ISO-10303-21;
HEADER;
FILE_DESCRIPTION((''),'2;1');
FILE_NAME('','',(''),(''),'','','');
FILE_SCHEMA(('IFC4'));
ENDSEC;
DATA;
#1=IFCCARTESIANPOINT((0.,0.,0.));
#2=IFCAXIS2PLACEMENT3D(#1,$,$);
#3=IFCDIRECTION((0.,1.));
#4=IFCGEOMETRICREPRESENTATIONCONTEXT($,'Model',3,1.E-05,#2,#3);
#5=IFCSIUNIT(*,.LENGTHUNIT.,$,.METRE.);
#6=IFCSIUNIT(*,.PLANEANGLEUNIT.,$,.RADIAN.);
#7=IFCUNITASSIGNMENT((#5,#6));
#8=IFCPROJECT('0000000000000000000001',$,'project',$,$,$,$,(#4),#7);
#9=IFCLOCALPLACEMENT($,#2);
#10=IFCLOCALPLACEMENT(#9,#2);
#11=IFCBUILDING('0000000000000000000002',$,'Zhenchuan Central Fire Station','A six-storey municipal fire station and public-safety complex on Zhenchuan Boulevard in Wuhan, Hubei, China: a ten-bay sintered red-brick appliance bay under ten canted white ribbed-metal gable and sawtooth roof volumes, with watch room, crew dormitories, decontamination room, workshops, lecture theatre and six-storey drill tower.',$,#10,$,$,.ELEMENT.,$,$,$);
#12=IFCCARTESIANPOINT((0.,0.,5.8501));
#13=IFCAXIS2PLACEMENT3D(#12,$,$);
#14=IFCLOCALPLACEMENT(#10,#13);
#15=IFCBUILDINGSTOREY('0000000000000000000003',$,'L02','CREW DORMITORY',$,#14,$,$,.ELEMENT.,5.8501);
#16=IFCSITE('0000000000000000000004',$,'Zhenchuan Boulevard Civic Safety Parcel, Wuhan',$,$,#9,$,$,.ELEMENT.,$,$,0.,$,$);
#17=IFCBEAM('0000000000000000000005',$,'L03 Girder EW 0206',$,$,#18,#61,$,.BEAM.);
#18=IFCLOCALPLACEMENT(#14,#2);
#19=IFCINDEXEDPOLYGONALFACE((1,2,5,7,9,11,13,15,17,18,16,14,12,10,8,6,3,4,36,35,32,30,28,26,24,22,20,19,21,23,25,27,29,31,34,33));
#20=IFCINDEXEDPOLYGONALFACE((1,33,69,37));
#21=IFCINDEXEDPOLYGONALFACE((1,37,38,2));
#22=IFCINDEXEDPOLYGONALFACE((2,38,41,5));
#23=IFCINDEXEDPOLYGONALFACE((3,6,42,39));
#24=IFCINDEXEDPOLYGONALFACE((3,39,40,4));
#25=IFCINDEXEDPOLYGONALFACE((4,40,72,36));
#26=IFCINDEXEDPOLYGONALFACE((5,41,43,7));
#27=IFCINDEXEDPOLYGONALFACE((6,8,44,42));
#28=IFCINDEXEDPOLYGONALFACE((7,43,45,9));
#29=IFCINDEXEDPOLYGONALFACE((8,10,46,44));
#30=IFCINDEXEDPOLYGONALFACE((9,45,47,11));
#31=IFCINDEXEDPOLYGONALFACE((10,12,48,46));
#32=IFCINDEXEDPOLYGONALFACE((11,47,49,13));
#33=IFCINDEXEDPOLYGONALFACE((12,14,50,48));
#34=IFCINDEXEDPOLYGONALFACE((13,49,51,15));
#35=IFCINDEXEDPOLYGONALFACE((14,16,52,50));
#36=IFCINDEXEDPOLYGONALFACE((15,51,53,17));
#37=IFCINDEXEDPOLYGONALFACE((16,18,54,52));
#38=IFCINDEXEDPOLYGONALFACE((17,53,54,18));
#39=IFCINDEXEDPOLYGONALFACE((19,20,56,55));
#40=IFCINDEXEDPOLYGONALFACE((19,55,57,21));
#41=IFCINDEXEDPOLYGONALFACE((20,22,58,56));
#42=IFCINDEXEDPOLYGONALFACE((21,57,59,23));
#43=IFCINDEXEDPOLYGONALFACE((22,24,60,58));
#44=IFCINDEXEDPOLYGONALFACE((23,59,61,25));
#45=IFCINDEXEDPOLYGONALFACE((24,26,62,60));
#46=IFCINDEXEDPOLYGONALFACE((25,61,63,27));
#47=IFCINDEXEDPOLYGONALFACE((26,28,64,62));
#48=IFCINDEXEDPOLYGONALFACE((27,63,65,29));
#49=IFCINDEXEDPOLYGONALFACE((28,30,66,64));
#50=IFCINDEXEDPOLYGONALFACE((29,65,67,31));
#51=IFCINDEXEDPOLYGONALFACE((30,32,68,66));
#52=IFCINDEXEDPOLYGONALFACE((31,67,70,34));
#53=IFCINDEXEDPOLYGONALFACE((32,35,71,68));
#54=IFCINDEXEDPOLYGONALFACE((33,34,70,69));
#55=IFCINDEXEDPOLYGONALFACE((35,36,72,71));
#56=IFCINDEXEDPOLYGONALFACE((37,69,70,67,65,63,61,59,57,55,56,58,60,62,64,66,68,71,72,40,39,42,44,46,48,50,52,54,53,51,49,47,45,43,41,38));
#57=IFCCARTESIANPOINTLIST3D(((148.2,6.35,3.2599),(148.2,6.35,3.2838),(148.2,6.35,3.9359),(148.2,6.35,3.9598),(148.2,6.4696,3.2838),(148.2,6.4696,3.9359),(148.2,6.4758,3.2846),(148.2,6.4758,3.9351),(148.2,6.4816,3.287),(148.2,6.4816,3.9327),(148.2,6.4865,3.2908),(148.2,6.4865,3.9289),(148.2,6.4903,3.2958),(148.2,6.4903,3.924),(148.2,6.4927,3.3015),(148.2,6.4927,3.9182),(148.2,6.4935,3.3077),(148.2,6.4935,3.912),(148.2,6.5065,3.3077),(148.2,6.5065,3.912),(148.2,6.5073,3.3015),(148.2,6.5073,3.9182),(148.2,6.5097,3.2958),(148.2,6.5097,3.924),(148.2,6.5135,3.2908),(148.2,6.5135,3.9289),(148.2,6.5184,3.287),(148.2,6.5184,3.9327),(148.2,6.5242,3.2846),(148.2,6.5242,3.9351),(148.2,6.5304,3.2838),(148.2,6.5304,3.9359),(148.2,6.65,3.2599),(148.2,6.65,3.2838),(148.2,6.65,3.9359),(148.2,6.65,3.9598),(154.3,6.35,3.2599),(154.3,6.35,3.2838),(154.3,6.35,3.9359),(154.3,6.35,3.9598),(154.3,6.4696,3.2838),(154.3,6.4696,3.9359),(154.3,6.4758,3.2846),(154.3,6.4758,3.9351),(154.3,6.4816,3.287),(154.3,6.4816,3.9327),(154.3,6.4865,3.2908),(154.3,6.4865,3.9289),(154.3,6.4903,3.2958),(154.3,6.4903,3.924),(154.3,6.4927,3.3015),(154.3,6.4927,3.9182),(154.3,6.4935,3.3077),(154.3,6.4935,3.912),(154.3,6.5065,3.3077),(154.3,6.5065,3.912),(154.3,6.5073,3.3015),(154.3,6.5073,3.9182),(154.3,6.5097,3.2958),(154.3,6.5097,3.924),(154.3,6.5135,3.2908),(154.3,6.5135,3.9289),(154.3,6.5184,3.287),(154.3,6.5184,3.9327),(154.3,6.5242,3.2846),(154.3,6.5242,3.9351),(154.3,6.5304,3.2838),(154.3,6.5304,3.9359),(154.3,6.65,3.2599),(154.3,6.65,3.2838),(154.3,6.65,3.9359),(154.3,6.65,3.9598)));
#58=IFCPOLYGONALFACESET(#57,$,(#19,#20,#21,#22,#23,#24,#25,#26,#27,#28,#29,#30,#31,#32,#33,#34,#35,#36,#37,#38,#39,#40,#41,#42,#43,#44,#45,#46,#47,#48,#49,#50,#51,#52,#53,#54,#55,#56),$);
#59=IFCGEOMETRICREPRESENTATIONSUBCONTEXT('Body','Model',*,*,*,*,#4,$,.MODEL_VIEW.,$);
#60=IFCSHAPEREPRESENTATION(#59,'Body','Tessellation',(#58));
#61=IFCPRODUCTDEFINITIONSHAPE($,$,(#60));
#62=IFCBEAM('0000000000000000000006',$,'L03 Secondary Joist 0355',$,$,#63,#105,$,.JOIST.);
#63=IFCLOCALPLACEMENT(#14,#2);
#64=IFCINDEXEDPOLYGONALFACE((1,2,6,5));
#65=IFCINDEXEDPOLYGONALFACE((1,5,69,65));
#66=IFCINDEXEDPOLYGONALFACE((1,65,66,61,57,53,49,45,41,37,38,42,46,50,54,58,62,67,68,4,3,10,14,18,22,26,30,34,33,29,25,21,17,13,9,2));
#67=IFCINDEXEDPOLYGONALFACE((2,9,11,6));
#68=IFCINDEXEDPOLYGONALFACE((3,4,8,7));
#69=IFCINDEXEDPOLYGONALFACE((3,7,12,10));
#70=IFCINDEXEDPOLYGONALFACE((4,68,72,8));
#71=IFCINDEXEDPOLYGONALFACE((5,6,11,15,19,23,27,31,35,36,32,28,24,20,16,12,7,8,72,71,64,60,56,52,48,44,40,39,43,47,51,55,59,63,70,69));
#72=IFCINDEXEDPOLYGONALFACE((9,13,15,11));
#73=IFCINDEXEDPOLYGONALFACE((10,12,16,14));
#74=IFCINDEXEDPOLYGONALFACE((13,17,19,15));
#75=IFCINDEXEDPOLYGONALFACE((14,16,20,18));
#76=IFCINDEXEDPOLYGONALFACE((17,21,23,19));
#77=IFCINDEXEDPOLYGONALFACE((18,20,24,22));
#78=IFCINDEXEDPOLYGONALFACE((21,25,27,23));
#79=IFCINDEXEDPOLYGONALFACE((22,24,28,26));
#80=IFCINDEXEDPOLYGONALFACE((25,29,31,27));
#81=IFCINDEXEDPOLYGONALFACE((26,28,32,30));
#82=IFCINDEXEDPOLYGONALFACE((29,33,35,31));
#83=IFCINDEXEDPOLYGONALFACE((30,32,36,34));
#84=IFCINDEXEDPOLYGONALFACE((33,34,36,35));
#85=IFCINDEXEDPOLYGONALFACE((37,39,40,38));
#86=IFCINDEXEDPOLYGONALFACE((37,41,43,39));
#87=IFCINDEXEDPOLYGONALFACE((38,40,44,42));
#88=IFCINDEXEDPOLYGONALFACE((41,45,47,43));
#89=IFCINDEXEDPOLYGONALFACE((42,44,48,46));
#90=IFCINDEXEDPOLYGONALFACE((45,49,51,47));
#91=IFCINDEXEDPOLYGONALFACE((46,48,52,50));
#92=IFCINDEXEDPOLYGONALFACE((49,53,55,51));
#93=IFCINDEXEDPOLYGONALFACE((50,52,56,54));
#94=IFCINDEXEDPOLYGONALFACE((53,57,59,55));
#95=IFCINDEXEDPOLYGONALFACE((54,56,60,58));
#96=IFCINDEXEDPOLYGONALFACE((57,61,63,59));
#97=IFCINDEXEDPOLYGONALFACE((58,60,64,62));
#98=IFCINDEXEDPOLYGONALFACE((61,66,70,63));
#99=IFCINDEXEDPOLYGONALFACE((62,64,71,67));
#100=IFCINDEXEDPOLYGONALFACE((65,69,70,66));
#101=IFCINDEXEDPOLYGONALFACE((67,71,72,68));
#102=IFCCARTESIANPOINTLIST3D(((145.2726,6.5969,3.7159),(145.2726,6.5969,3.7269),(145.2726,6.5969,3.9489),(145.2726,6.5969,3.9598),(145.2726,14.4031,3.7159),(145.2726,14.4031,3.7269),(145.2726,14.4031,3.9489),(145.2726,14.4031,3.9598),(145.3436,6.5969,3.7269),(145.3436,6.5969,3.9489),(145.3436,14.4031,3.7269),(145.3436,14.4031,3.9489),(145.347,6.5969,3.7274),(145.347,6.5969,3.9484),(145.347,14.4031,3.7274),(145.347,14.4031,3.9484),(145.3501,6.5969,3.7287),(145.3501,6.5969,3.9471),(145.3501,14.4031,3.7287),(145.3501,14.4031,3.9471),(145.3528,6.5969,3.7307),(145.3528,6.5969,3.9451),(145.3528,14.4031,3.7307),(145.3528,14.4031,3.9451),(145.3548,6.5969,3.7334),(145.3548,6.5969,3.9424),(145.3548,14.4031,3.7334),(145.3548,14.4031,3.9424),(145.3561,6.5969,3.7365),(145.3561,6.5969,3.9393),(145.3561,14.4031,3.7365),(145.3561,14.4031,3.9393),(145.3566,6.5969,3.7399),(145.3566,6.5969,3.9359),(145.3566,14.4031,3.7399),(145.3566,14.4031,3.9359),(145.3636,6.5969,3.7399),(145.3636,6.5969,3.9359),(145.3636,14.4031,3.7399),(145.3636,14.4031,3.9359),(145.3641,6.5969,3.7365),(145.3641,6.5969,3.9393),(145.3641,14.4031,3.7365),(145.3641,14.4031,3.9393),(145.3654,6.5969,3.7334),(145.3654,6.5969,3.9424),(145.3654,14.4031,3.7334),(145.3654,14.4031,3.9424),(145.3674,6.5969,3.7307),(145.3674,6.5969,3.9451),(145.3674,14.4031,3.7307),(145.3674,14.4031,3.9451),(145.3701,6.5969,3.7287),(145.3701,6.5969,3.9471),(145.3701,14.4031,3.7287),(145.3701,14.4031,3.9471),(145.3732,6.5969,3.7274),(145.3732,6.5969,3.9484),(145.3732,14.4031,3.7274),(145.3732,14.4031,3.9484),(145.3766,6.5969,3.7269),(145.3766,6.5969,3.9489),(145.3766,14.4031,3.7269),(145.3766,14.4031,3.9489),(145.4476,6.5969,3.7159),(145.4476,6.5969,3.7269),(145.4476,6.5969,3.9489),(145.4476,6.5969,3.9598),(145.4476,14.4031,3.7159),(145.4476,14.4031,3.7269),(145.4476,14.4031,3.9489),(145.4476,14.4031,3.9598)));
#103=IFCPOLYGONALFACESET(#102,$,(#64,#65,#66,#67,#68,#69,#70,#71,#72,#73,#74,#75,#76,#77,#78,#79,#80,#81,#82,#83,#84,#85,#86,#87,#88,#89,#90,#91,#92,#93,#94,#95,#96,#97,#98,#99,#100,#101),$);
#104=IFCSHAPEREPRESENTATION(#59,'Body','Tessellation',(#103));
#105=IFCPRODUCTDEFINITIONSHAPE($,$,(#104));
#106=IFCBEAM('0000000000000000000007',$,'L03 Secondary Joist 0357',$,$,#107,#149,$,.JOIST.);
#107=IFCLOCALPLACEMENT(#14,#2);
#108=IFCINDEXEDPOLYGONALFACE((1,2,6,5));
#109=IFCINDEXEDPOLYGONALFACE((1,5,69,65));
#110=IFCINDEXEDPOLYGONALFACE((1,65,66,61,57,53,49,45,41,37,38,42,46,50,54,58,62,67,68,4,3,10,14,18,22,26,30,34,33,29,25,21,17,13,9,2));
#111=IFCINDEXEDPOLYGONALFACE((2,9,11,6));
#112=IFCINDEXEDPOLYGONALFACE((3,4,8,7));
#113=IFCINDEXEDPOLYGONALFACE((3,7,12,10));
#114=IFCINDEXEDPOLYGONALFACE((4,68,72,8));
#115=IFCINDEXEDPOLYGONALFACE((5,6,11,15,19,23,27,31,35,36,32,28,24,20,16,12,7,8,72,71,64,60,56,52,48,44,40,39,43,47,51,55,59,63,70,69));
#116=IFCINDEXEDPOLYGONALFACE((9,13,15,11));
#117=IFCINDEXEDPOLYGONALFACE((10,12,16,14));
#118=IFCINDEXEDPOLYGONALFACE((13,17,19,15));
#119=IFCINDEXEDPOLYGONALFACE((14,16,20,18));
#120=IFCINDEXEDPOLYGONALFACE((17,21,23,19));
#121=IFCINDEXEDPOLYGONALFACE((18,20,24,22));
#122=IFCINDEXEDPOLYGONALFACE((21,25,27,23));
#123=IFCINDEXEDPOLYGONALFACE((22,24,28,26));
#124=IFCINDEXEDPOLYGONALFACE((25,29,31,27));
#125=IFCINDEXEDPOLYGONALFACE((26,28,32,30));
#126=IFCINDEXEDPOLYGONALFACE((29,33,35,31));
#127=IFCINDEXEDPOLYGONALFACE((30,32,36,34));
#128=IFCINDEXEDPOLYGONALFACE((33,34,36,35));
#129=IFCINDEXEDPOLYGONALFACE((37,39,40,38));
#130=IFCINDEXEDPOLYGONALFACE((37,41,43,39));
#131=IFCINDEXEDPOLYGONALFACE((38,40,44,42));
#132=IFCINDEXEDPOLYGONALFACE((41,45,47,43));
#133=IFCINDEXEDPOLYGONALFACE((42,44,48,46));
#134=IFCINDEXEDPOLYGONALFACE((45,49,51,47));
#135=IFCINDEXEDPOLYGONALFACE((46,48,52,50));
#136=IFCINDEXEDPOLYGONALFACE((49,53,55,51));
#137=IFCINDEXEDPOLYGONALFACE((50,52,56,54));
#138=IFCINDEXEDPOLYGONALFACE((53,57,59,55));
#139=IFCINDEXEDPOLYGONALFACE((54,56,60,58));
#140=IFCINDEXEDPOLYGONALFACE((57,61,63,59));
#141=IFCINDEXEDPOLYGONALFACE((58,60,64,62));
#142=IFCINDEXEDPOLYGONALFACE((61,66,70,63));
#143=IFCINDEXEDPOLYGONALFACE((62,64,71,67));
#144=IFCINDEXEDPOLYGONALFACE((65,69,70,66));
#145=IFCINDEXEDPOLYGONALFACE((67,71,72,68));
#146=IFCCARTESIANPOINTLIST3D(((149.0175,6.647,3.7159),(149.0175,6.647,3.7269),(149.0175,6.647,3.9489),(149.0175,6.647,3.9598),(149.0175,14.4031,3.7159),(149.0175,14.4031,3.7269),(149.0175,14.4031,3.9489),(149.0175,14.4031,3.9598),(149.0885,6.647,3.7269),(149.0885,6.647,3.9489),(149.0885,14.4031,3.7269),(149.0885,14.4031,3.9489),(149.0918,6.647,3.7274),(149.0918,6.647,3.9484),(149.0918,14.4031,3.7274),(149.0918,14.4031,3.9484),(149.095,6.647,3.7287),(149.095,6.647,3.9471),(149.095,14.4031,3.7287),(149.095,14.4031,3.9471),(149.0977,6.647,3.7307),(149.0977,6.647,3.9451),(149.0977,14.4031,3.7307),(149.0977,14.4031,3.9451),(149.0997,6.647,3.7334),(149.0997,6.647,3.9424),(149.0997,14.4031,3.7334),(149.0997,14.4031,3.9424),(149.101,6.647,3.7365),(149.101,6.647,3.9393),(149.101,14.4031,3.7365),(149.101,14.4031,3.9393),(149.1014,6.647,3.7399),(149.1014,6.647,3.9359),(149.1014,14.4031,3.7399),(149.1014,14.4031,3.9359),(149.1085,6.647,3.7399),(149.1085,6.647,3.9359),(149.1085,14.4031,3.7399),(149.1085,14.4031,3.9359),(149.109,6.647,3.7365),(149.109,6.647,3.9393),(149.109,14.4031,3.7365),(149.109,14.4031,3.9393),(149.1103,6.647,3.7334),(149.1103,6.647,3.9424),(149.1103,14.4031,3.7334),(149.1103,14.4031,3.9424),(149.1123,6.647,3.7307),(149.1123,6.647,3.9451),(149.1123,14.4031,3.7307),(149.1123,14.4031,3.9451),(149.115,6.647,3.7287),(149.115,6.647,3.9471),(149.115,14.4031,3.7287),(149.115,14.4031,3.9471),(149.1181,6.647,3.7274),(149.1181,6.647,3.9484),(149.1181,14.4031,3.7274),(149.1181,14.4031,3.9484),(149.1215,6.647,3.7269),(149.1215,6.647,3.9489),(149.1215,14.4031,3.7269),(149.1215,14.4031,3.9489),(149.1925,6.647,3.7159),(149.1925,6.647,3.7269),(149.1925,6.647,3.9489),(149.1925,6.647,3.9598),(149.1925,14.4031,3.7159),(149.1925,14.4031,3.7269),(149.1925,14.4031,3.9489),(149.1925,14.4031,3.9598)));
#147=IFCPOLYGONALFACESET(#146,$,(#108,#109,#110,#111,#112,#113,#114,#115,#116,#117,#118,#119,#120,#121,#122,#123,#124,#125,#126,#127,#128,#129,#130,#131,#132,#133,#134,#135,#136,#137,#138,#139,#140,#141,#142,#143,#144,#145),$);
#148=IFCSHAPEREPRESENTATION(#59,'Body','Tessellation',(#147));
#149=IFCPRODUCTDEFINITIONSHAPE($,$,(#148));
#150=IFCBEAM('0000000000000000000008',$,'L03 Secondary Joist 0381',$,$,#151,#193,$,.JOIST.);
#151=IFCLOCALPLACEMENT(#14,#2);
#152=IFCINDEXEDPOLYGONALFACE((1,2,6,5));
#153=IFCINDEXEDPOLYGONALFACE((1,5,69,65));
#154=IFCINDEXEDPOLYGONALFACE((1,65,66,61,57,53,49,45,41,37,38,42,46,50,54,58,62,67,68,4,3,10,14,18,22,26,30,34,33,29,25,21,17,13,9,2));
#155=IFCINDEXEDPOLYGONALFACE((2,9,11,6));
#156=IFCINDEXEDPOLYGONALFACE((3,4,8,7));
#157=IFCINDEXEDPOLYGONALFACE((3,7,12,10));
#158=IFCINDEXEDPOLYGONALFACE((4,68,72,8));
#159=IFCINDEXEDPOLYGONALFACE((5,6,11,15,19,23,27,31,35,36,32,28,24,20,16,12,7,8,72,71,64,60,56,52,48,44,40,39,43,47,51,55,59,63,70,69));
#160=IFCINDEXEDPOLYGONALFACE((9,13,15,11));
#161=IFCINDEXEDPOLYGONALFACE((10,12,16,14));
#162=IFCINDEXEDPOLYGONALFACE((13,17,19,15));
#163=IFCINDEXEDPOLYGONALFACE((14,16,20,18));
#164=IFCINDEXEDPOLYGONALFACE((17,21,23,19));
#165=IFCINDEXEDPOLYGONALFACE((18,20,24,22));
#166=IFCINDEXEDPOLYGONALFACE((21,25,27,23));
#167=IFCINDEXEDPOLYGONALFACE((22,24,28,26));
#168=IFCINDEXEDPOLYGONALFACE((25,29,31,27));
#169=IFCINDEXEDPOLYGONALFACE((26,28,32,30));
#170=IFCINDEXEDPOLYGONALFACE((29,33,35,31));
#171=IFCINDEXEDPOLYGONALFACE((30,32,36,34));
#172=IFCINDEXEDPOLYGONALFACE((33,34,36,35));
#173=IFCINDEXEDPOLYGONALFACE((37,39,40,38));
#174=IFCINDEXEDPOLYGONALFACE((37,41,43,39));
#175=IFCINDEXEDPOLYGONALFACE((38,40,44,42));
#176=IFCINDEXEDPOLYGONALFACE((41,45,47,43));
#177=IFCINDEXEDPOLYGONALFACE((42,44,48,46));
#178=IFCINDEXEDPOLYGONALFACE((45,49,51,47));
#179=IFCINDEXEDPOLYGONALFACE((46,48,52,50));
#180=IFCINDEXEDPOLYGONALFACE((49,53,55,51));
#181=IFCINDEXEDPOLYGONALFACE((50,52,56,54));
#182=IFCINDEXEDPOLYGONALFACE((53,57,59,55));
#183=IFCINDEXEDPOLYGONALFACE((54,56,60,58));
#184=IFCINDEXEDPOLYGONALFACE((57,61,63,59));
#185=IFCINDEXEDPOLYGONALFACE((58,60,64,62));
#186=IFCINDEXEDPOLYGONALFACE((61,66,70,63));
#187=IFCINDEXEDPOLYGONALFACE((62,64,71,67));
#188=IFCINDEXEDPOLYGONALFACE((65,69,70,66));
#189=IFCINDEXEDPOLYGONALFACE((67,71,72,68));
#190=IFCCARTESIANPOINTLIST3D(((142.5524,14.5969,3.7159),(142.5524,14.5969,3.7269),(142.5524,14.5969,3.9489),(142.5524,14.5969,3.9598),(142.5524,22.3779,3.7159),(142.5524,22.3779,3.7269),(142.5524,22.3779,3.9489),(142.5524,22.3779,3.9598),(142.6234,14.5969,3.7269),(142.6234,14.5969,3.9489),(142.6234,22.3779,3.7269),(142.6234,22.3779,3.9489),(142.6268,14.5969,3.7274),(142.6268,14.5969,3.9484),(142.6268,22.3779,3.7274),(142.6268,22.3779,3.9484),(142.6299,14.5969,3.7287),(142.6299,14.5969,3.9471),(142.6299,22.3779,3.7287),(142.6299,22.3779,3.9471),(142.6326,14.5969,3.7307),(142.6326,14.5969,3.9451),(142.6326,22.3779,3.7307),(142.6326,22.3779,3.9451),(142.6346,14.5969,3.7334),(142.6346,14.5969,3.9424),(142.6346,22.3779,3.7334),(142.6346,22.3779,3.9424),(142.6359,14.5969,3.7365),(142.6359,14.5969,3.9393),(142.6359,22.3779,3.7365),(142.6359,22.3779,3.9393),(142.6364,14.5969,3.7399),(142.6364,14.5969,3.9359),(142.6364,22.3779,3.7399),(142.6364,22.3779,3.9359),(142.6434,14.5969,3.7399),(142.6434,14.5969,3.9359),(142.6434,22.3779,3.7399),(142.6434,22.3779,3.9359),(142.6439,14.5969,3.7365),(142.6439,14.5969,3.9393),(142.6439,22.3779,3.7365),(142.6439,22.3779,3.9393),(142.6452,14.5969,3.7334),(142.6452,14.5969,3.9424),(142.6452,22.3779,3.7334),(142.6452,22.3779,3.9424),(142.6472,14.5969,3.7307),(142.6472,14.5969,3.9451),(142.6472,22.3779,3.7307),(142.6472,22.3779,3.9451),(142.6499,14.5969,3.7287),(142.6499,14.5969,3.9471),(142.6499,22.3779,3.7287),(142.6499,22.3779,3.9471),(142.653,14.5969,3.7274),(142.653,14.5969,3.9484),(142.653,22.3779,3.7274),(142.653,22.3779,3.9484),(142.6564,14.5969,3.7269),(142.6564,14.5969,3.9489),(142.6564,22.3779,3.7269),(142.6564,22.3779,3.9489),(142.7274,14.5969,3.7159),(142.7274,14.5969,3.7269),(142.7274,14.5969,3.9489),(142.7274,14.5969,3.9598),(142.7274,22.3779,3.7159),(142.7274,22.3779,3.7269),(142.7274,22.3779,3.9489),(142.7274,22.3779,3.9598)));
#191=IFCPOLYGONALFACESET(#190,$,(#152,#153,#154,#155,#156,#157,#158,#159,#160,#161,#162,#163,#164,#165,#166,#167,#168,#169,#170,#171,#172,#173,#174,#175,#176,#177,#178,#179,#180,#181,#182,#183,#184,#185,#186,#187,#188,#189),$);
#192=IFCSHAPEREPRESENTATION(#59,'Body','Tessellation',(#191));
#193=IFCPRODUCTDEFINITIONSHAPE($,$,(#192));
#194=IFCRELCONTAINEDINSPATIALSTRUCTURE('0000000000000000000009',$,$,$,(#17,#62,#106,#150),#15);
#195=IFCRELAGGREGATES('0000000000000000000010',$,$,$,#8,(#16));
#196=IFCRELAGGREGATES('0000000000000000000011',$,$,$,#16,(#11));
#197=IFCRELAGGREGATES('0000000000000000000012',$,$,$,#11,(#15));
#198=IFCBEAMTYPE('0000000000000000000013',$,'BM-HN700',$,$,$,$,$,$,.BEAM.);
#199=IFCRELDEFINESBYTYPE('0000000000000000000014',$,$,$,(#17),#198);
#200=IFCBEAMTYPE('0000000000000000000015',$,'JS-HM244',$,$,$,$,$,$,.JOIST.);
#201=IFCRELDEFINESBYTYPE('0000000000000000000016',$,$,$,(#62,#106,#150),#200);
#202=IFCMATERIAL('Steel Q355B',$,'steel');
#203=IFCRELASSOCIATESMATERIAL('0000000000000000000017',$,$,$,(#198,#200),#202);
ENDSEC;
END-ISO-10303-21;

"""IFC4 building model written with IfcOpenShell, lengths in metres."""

from ifc_helpers import new_model, si_unit, direction, frame, origin, origin_2d, place, context, subcontext, project, spatial, i_section, extrude, material, material_profile, profile_set, type_object, element, save


model = new_model("IFC4")

# Units and contexts
model_context = context("Model", 3, precision=1e-05, world=origin(), true_north=direction((0.0, 1.0)))
body_context = subcontext(model_context, "Body", "Model", "MODEL_VIEW")
ifc_project = project(units=[si_unit("LENGTHUNIT", "METRE"), si_unit("PLANEANGLEUNIT", "RADIAN")], contexts=[model_context])

# Site, building, storey
site_placement = place(None, origin())
site = spatial("IfcSite", under=ifc_project, at=site_placement, Name="Zhenchuan Boulevard Civic Safety Parcel, Wuhan", CompositionType="ELEMENT", RefElevation=0.0)
building_placement = place(site_placement, origin())
building = spatial("IfcBuilding", under=site, at=building_placement, Name="Zhenchuan Central Fire Station", Description="A six-storey municipal fire station and public-safety complex on Zhenchuan Boulevard in Wuhan, Hubei, China: a ten-bay sintered red-brick appliance bay under ten canted white ribbed-metal gable and sawtooth roof volumes, with watch room, crew dormitories, decontamination room, workshops, lecture theatre and six-storey drill tower.", CompositionType="ELEMENT")
storey_placement = place(building_placement, frame((0.0, 0.0, 5.8501)))
storey = spatial("IfcBuildingStorey", under=building, at=storey_placement, Name="L02", Description="CREW DORMITORY", CompositionType="ELEMENT", Elevation=5.8501)

# Shared definitions
ifc_material_1 = material(Name="Steel Q355B", Category="steel")

# Beams
ifc_material_profile_1 = material_profile(ifc_material_1, i_section(OverallWidth=0.3, OverallDepth=0.7, WebThickness=0.0129, FlangeThickness=0.0239, FilletRadius=0.0239, at=origin_2d()), Name="HN 700x300")
ifc_profile_set_1 = profile_set([ifc_material_profile_1], Name="Steel Q355B")
beam_type_1 = type_object("IfcBeamType", Name="BM-HN700", PredefinedType="BEAM", material=ifc_profile_set_1)
beam_1_placement = place(storey_placement, frame((148.2, 6.5, 3.6099), z_axis=(1.0, 0.0, 0.0), x_axis=(0.0, 1.0, 0.0)))
element("IfcBeam", 1, at=beam_1_placement, inside=storey, type_object=beam_type_1, Name="L03 Girder EW 0206", PredefinedType="BEAM", context=body_context, shape_type="SweptSolid", body=[
    extrude(i_section(OverallWidth=0.3, OverallDepth=0.7, WebThickness=0.0129, FlangeThickness=0.0239, FilletRadius=0.0239, at=origin_2d()), origin(), (0.0, 0.0, 1.0), 6.1001),
])
ifc_material_profile_2 = material_profile(ifc_material_1, i_section(OverallWidth=0.175, OverallDepth=0.2439, WebThickness=0.0071, FlangeThickness=0.011, FilletRadius=0.0129, at=origin_2d()), Name="HM 244x175")
ifc_profile_set_2 = profile_set([ifc_material_profile_2], Name="Steel Q355B")
beam_type_2 = type_object("IfcBeamType", Name="JS-HM244", PredefinedType="JOIST", material=ifc_profile_set_2)
beam_2_placement = place(storey_placement, frame((145.3601, 6.5969, 3.8379), z_axis=(0.0, 1.0, 0.0), x_axis=(-1.0, 0.0, 0.0)))
element("IfcBeam", 2, at=beam_2_placement, inside=storey, type_object=beam_type_2, Name="L03 Secondary Joist 0355", PredefinedType="JOIST", context=body_context, shape_type="SweptSolid", body=[
    extrude(i_section(OverallWidth=0.175, OverallDepth=0.2439, WebThickness=0.0071, FlangeThickness=0.011, FilletRadius=0.0129, at=origin_2d()), origin(), (0.0, 0.0, 1.0), 7.8062),
])
beam_3_placement = place(storey_placement, frame((149.105, 6.647, 3.8379), z_axis=(0.0, 1.0, 0.0), x_axis=(-1.0, 0.0, 0.0)))
element("IfcBeam", 3, at=beam_3_placement, inside=storey, type_object=beam_type_2, Name="L03 Secondary Joist 0357", PredefinedType="JOIST", context=body_context, shape_type="SweptSolid", body=[
    extrude(i_section(OverallWidth=0.175, OverallDepth=0.2439, WebThickness=0.0071, FlangeThickness=0.011, FilletRadius=0.0129, at=origin_2d()), origin(), (0.0, 0.0, 1.0), 7.7561),
])
for number, where, z_axis, x_axis, name in (
    (4, (142.6399, 14.5969, 3.8379), (0.0, 1.0, 0.0), (-1.0, 0.0, 0.0), "L03 Secondary Joist 0381"),
):
    element("IfcBeam", number, at=place(storey_placement, frame(where, z_axis=z_axis, x_axis=x_axis)), inside=storey, type_object=beam_type_2, Name=name, PredefinedType="JOIST", context=body_context, shape_type="SweptSolid", body=[
        extrude(i_section(OverallWidth=0.175, OverallDepth=0.2439, WebThickness=0.0071, FlangeThickness=0.011, FilletRadius=0.0129, at=origin_2d()), origin(), (0.0, 0.0, 1.0), 7.781),
    ])

save(model, "model.ifc")
